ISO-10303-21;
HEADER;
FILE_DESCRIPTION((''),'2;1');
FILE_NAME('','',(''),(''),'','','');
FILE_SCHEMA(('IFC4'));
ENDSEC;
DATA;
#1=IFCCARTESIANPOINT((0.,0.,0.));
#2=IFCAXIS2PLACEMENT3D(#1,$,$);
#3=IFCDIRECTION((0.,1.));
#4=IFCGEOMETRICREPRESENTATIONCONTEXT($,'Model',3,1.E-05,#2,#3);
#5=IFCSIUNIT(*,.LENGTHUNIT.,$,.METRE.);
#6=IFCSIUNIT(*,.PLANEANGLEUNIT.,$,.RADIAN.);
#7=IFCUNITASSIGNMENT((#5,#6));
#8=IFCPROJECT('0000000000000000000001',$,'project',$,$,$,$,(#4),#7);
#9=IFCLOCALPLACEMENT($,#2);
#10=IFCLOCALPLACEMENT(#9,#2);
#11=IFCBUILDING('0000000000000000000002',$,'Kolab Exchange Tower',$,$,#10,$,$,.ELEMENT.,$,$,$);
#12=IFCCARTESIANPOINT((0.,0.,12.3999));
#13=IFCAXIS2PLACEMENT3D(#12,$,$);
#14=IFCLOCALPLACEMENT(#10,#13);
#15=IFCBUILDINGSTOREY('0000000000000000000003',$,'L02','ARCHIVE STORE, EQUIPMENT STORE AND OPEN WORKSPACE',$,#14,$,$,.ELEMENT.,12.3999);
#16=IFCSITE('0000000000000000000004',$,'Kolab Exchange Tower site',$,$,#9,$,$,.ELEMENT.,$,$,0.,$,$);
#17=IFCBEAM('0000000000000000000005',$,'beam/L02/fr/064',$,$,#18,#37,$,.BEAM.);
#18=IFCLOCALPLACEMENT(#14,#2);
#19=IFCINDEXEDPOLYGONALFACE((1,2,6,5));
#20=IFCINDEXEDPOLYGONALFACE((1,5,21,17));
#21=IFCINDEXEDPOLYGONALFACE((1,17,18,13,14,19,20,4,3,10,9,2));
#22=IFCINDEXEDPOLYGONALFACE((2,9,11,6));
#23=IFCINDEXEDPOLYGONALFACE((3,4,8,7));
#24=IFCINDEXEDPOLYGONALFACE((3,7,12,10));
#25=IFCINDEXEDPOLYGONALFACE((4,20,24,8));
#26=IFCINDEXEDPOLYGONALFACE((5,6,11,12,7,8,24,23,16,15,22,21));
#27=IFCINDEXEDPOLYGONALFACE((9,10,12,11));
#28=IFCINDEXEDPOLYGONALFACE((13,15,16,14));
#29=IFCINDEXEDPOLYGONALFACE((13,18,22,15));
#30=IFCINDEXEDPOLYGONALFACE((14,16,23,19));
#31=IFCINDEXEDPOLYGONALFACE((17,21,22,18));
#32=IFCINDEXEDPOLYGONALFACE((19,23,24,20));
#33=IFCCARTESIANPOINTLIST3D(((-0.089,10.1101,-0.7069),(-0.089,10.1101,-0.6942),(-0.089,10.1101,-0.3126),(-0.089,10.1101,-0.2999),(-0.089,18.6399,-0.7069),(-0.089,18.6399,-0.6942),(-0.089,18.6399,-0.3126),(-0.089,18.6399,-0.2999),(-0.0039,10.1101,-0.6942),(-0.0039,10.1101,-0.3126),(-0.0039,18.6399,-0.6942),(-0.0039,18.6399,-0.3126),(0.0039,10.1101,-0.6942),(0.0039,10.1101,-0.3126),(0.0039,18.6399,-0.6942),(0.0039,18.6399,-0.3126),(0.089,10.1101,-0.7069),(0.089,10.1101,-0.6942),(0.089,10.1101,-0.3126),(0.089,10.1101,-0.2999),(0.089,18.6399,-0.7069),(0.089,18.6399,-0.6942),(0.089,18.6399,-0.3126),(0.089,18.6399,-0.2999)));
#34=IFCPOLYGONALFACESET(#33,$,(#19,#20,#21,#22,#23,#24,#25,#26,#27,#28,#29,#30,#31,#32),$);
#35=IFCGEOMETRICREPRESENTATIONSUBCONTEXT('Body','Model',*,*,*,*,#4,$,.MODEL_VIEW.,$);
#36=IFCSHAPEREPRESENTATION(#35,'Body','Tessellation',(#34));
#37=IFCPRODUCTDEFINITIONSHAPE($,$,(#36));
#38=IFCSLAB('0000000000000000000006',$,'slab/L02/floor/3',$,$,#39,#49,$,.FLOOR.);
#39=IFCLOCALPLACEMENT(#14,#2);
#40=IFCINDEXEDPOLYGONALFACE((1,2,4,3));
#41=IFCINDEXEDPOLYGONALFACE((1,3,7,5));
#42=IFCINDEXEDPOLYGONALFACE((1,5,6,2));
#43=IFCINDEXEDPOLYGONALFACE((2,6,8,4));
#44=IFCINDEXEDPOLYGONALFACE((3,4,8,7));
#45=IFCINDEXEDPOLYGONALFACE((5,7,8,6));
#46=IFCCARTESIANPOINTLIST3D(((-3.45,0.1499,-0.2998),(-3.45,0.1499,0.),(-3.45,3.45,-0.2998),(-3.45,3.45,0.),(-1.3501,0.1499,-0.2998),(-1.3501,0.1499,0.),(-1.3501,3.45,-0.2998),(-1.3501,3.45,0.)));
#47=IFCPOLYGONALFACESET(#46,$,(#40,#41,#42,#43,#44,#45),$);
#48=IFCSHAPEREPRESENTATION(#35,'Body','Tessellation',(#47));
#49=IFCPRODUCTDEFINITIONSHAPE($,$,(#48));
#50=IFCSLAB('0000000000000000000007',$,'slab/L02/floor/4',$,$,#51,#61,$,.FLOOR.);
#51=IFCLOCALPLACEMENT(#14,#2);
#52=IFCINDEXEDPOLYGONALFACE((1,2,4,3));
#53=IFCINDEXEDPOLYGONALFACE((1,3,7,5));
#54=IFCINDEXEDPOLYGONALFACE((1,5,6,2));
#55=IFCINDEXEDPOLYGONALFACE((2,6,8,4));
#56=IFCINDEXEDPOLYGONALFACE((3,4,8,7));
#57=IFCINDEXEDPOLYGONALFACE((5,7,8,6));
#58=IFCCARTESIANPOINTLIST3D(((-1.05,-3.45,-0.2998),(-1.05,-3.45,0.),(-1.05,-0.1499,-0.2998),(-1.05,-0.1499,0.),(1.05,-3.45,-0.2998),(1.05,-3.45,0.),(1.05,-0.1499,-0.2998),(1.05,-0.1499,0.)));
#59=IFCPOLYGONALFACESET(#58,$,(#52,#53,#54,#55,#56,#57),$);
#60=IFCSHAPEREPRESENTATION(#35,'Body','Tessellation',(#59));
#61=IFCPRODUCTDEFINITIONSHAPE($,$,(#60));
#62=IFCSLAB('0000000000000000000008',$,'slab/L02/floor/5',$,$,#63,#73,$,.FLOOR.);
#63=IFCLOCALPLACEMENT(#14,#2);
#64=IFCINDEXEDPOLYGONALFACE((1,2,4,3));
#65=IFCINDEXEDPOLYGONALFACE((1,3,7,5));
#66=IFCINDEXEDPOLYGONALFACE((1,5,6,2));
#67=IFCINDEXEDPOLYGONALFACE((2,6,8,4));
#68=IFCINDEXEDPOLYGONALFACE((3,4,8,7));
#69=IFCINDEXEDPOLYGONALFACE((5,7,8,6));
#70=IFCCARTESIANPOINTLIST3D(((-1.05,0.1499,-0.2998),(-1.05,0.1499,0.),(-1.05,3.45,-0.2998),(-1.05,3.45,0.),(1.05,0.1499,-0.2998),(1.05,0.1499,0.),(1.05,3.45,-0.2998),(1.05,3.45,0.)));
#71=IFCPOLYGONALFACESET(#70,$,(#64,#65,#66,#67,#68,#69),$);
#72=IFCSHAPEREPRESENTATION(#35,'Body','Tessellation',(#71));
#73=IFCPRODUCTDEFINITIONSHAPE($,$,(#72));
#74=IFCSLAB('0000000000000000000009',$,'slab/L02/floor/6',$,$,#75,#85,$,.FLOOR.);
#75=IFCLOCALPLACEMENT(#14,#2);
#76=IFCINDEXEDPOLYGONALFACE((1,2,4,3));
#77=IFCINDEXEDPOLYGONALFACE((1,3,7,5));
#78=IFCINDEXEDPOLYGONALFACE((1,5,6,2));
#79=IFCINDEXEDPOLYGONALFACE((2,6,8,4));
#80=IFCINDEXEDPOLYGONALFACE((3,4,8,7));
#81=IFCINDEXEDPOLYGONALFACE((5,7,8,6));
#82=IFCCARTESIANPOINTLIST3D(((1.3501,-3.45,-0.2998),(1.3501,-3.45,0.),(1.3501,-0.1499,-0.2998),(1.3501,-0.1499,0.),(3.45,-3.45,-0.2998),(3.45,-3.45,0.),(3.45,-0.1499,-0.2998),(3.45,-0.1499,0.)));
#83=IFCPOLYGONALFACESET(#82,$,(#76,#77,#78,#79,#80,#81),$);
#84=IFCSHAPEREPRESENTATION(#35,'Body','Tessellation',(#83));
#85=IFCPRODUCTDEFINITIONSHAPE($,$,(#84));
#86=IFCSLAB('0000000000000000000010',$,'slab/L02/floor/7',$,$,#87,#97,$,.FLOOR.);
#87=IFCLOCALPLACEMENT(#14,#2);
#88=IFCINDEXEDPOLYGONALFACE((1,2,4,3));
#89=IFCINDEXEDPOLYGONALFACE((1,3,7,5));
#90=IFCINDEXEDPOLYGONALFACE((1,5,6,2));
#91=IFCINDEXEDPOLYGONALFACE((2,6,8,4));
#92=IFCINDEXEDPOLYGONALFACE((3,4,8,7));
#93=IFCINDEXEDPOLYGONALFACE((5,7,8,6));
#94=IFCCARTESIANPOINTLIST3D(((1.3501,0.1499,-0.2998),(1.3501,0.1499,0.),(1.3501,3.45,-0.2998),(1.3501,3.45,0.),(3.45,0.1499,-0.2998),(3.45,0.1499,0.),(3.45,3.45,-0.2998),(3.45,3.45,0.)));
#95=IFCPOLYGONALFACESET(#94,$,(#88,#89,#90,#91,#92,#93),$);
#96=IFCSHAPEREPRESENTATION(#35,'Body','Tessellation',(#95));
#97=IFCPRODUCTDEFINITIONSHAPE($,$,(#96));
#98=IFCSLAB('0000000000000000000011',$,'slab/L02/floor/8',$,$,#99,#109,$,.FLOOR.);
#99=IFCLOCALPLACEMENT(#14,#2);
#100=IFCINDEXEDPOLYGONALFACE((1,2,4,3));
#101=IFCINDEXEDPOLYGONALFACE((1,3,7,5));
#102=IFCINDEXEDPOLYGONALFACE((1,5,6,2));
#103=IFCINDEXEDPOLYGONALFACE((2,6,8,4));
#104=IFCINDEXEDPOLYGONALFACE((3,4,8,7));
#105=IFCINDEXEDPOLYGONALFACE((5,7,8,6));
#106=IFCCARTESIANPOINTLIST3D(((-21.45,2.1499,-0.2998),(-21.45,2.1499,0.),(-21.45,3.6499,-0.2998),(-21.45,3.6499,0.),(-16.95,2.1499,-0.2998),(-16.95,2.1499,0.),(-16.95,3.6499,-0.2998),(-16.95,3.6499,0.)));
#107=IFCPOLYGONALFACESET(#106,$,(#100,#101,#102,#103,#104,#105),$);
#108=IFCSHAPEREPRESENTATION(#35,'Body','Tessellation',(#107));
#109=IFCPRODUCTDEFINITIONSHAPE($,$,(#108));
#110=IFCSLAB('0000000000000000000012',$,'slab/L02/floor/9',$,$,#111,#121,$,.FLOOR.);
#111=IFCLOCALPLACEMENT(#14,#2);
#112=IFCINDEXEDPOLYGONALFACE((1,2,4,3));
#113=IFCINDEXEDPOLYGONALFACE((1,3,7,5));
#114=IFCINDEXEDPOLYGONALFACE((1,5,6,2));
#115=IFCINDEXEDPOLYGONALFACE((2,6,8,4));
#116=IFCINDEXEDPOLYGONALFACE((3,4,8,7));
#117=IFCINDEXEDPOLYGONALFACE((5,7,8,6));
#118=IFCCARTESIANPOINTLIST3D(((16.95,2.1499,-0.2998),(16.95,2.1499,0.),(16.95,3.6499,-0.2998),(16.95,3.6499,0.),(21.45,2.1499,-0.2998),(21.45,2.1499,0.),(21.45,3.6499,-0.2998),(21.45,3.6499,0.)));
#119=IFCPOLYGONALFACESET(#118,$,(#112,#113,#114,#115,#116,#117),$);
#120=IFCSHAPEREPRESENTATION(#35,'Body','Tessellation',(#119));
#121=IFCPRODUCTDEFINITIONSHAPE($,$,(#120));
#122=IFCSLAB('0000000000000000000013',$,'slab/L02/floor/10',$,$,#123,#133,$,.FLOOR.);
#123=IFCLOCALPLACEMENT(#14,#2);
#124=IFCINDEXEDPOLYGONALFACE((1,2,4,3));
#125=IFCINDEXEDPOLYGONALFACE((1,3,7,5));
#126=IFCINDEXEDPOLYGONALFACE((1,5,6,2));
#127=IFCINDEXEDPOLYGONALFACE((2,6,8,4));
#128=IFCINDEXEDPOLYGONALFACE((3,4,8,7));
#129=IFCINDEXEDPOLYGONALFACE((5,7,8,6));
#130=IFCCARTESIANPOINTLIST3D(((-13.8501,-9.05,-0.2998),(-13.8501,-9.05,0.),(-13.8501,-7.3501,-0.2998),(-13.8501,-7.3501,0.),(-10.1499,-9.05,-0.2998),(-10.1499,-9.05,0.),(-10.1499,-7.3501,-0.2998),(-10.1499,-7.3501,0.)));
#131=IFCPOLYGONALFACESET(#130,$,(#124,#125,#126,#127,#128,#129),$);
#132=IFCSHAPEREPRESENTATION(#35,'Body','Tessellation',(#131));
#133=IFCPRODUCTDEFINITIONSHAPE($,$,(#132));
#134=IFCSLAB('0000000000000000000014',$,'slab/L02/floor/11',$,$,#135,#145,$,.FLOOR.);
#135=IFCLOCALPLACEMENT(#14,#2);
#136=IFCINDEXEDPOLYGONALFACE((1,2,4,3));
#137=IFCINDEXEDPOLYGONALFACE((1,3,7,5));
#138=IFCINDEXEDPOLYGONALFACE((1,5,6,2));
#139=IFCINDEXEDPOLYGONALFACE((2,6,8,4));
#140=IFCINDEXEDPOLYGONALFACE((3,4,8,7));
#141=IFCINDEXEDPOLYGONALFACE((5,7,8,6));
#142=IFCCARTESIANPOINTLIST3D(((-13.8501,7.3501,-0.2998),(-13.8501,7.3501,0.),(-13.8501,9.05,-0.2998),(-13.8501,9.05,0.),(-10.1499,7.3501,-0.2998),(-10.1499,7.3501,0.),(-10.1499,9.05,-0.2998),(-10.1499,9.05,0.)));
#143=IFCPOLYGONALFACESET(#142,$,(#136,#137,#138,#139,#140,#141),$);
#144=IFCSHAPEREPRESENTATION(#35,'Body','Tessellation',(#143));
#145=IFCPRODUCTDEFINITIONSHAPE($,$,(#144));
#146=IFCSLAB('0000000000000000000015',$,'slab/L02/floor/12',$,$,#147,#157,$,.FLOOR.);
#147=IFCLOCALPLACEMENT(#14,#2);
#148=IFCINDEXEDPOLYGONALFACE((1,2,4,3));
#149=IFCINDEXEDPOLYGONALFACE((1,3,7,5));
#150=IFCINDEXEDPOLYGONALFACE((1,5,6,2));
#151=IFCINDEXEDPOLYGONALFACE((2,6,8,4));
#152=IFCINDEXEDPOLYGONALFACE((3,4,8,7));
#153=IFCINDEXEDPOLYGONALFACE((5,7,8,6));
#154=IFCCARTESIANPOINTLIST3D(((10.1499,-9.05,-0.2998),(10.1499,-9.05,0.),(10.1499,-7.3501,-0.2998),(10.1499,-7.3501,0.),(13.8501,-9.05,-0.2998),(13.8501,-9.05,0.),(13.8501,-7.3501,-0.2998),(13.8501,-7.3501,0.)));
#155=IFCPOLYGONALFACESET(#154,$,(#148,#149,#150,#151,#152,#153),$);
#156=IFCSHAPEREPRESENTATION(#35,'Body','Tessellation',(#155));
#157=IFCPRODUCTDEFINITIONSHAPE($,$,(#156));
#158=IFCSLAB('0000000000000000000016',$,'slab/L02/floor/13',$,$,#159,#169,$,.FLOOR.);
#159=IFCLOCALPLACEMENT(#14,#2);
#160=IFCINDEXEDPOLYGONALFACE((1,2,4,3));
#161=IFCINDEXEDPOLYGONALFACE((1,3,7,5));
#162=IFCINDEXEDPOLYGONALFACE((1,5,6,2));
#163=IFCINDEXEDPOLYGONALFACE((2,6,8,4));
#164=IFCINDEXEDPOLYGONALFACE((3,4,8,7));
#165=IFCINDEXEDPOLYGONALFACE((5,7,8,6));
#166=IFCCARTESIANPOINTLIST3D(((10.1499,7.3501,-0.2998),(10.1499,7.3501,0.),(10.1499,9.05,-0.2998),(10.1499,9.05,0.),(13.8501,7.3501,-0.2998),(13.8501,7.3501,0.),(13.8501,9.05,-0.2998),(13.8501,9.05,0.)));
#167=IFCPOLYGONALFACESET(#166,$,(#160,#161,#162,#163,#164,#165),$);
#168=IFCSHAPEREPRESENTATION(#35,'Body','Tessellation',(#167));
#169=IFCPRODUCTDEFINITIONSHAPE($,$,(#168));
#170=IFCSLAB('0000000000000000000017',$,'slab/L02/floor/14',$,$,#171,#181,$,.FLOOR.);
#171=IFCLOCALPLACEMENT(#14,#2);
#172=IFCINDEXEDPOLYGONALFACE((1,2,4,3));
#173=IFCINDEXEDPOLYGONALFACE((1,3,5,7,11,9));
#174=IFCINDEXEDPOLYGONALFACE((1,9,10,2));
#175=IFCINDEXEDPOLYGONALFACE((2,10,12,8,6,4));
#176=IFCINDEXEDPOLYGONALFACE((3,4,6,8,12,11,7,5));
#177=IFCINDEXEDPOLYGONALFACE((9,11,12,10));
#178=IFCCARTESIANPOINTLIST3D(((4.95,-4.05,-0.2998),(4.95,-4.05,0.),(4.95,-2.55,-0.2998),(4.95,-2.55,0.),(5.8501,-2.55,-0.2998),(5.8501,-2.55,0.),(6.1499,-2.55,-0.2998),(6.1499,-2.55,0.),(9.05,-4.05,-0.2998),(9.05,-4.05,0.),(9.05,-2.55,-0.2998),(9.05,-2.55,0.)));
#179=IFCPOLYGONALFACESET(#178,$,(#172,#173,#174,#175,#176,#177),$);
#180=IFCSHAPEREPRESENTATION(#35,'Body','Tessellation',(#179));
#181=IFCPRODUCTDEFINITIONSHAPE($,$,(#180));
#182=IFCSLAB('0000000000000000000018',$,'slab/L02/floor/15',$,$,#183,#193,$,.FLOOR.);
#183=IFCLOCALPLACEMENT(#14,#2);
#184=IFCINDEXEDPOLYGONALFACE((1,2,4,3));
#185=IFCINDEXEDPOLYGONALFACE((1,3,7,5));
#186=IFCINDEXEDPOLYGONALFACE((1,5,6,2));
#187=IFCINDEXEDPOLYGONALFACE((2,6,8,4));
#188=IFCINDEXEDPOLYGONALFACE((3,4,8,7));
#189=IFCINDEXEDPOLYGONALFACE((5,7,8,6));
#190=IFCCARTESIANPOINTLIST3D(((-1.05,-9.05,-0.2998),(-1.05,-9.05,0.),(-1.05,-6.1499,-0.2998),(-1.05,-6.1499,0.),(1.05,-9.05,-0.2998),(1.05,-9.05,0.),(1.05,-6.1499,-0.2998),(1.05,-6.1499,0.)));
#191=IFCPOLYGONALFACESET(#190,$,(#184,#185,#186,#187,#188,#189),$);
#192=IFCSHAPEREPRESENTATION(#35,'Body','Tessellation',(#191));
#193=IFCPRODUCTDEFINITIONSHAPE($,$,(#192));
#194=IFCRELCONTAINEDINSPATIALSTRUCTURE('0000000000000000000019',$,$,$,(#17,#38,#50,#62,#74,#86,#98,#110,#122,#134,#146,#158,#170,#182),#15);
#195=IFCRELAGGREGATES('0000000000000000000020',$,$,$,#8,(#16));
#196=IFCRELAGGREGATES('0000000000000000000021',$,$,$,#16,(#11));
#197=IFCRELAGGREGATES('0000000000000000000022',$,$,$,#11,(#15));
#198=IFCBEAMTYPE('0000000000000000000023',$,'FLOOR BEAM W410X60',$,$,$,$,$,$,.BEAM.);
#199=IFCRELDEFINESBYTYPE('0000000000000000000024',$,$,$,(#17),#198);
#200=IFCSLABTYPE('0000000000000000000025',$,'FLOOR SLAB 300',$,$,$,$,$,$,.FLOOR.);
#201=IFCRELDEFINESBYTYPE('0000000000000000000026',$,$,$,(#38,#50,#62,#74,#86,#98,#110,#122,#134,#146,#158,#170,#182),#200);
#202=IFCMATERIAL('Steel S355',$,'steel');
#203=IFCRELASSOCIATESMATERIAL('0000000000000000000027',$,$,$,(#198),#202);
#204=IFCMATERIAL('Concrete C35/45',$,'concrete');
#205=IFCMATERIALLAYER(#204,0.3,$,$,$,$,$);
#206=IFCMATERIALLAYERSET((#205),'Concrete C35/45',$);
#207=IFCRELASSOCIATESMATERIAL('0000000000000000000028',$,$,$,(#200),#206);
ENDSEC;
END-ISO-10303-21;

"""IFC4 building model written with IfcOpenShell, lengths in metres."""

from ifc_helpers import new_model, si_unit, direction, frame, origin, origin_2d, place, context, subcontext, project, spatial, polyline, i_section, outline, extrude, material, layer, layer_set, material_profile, profile_set, type_object, element, save


model = new_model("IFC4")

# Units and contexts
model_context = context("Model", 3, precision=1e-05, world=origin(), true_north=direction((0.0, 1.0)))
body_context = subcontext(model_context, "Body", "Model", "MODEL_VIEW")
ifc_project = project(units=[si_unit("LENGTHUNIT", "METRE"), si_unit("PLANEANGLEUNIT", "RADIAN")], contexts=[model_context])

# Site, building, storey
site_placement = place(None, origin())
site = spatial("IfcSite", under=ifc_project, at=site_placement, Name="Kolab Exchange Tower site", CompositionType="ELEMENT", RefElevation=0.0)
building_placement = place(site_placement, origin())
building = spatial("IfcBuilding", under=site, at=building_placement, Name="Kolab Exchange Tower", CompositionType="ELEMENT")
storey_placement = place(building_placement, frame((0.0, 0.0, 12.3999)))
storey = spatial("IfcBuildingStorey", under=building, at=storey_placement, Name="L02", Description="ARCHIVE STORE, EQUIPMENT STORE AND OPEN WORKSPACE", CompositionType="ELEMENT", Elevation=12.3999)

# Beam
ifc_material_1 = material(Name="Steel S355", Category="steel")
ifc_material_profile = material_profile(ifc_material_1, i_section(OverallWidth=0.178, OverallDepth=0.407, WebThickness=0.0078, FlangeThickness=0.0127, at=origin_2d()), Name="W410X60")
ifc_profile_set = profile_set([ifc_material_profile], Name="Steel S355")
beam_type = type_object("IfcBeamType", Name="FLOOR BEAM W410X60", PredefinedType="BEAM", material=ifc_profile_set)
beam_placement = place(storey_placement, frame((0.0, 10.1101, -0.5034), z_axis=(0.0, 1.0, 0.0), x_axis=(-1.0, 0.0, 0.0)))
element("IfcBeam", 1, at=beam_placement, inside=storey, type_object=beam_type, Name="beam/L02/fr/064", PredefinedType="BEAM", context=body_context, shape_type="SweptSolid", body=[
    extrude(i_section(OverallWidth=0.178, OverallDepth=0.407, WebThickness=0.0078, FlangeThickness=0.0127, at=origin_2d()), origin(), (0.0, 0.0, 1.0), 8.5298),
])

# Slabs
ifc_material_2 = material(Name="Concrete C35/45", Category="concrete")
ifc_layer_1 = layer(ifc_material_2, 0.3)
ifc_layer_set_1 = layer_set([ifc_layer_1], Name="Concrete C35/45")
slab_type_1 = type_object("IfcSlabType", Name="FLOOR SLAB 300", PredefinedType="FLOOR", material=ifc_layer_set_1)
slab_1_placement = place(storey_placement, frame((0.0, 0.0, -0.2998)))
element("IfcSlab", 2, at=slab_1_placement, inside=storey, type_object=slab_type_1, Name="slab/L02/floor/3", PredefinedType="FLOOR", context=body_context, shape_type="SweptSolid", body=[
    extrude(outline(polyline([(-1.3501, 3.45), (-3.45, 3.45), (-3.45, 0.1499), (-1.3501, 0.1499), (-1.3501, 3.45)])), origin(), (0.0, 0.0, 1.0), 0.2998),
])
slab_2_placement = place(storey_placement, frame((0.0, 0.0, -0.2998)))
element("IfcSlab", 3, at=slab_2_placement, inside=storey, type_object=slab_type_1, Name="slab/L02/floor/4", PredefinedType="FLOOR", context=body_context, shape_type="SweptSolid", body=[
    extrude(outline(polyline([(-1.05, -3.45), (1.05, -3.45), (1.05, -0.1499), (-1.05, -0.1499), (-1.05, -3.45)])), origin(), (0.0, 0.0, 1.0), 0.2998),
])
slab_3_placement = place(storey_placement, frame((0.0, 0.0, -0.2998)))
element("IfcSlab", 4, at=slab_3_placement, inside=storey, type_object=slab_type_1, Name="slab/L02/floor/5", PredefinedType="FLOOR", context=body_context, shape_type="SweptSolid", body=[
    extrude(outline(polyline([(-1.05, 3.45), (-1.05, 0.1499), (1.05, 0.1499), (1.05, 3.45), (-1.05, 3.45)])), origin(), (0.0, 0.0, 1.0), 0.2998),
])
slab_4_placement = place(storey_placement, frame((0.0, 0.0, -0.2998)))
element("IfcSlab", 5, at=slab_4_placement, inside=storey, type_object=slab_type_1, Name="slab/L02/floor/6", PredefinedType="FLOOR", context=body_context, shape_type="SweptSolid", body=[
    extrude(outline(polyline([(1.3501, -0.1499), (1.3501, -3.45), (3.45, -3.45), (3.45, -0.1499), (1.3501, -0.1499)])), origin(), (0.0, 0.0, 1.0), 0.2998),
])
slab_5_placement = place(storey_placement, frame((0.0, 0.0, -0.2998)))
element("IfcSlab", 6, at=slab_5_placement, inside=storey, type_object=slab_type_1, Name="slab/L02/floor/7", PredefinedType="FLOOR", context=body_context, shape_type="SweptSolid", body=[
    extrude(outline(polyline([(1.3501, 3.45), (1.3501, 0.1499), (3.45, 0.1499), (3.45, 3.45), (1.3501, 3.45)])), origin(), (0.0, 0.0, 1.0), 0.2998),
])
slab_6_placement = place(storey_placement, frame((0.0, 0.0, -0.2998)))
element("IfcSlab", 7, at=slab_6_placement, inside=storey, type_object=slab_type_1, Name="slab/L02/floor/8", PredefinedType="FLOOR", context=body_context, shape_type="SweptSolid", body=[
    extrude(outline(polyline([(-21.45, 3.6499), (-21.45, 2.1499), (-16.95, 2.1499), (-16.95, 3.6499), (-21.45, 3.6499)])), origin(), (0.0, 0.0, 1.0), 0.2998),
])
slab_7_placement = place(storey_placement, frame((0.0, 0.0, -0.2998)))
element("IfcSlab", 8, at=slab_7_placement, inside=storey, type_object=slab_type_1, Name="slab/L02/floor/9", PredefinedType="FLOOR", context=body_context, shape_type="SweptSolid", body=[
    extrude(outline(polyline([(21.45, 3.6499), (16.95, 3.6499), (16.95, 2.1499), (21.45, 2.1499), (21.45, 3.6499)])), origin(), (0.0, 0.0, 1.0), 0.2998),
])
slab_8_placement = place(storey_placement, frame((0.0, 0.0, -0.2998)))
element("IfcSlab", 9, at=slab_8_placement, inside=storey, type_object=slab_type_1, Name="slab/L02/floor/10", PredefinedType="FLOOR", context=body_context, shape_type="SweptSolid", body=[
    extrude(outline(polyline([(-10.1499, -9.05), (-10.1499, -7.3501), (-13.8501, -7.3501), (-13.8501, -9.05), (-10.1499, -9.05)])), origin(), (0.0, 0.0, 1.0), 0.2998),
])
slab_9_placement = place(storey_placement, frame((0.0, 0.0, -0.2998)))
element("IfcSlab", 10, at=slab_9_placement, inside=storey, type_object=slab_type_1, Name="slab/L02/floor/11", PredefinedType="FLOOR", context=body_context, shape_type="SweptSolid", body=[
    extrude(outline(polyline([(-13.8501, 7.3501), (-10.1499, 7.3501), (-10.1499, 9.05), (-13.8501, 9.05), (-13.8501, 7.3501)])), origin(), (0.0, 0.0, 1.0), 0.2998),
])
slab_10_placement = place(storey_placement, frame((0.0, 0.0, -0.2998)))
element("IfcSlab", 11, at=slab_10_placement, inside=storey, type_object=slab_type_1, Name="slab/L02/floor/12", PredefinedType="FLOOR", context=body_context, shape_type="SweptSolid", body=[
    extrude(outline(polyline([(10.1499, -9.05), (13.8501, -9.05), (13.8501, -7.3501), (10.1499, -7.3501), (10.1499, -9.05)])), origin(), (0.0, 0.0, 1.0), 0.2998),
])
slab_11_placement = place(storey_placement, frame((0.0, 0.0, -0.2998)))
element("IfcSlab", 12, at=slab_11_placement, inside=storey, type_object=slab_type_1, Name="slab/L02/floor/13", PredefinedType="FLOOR", context=body_context, shape_type="SweptSolid", body=[
    extrude(outline(polyline([(10.1499, 7.3501), (13.8501, 7.3501), (13.8501, 9.05), (10.1499, 9.05), (10.1499, 7.3501)])), origin(), (0.0, 0.0, 1.0), 0.2998),
])
slab_12_placement = place(storey_placement, frame((0.0, 0.0, -0.2998)))
element("IfcSlab", 13, at=slab_12_placement, inside=storey, type_object=slab_type_1, Name="slab/L02/floor/14", PredefinedType="FLOOR", context=body_context, shape_type="SweptSolid", body=[
    extrude(outline(polyline([(9.05, -4.05), (9.05, -2.55), (6.1499, -2.55), (5.8501, -2.55), (4.95, -2.55), (4.95, -4.05), (9.05, -4.05)])), origin(), (0.0, 0.0, 1.0), 0.2998),
])
slab_13_placement = place(storey_placement, frame((0.0, 0.0, -0.2998)))
element("IfcSlab", 14, at=slab_13_placement, inside=storey, type_object=slab_type_1, Name="slab/L02/floor/15", PredefinedType="FLOOR", context=body_context, shape_type="SweptSolid", body=[
    extrude(outline(polyline([(-1.05, -6.1499), (-1.05, -9.05), (1.05, -9.05), (1.05, -6.1499), (-1.05, -6.1499)])), origin(), (0.0, 0.0, 1.0), 0.2998),
])

save(model, "model.ifc")
